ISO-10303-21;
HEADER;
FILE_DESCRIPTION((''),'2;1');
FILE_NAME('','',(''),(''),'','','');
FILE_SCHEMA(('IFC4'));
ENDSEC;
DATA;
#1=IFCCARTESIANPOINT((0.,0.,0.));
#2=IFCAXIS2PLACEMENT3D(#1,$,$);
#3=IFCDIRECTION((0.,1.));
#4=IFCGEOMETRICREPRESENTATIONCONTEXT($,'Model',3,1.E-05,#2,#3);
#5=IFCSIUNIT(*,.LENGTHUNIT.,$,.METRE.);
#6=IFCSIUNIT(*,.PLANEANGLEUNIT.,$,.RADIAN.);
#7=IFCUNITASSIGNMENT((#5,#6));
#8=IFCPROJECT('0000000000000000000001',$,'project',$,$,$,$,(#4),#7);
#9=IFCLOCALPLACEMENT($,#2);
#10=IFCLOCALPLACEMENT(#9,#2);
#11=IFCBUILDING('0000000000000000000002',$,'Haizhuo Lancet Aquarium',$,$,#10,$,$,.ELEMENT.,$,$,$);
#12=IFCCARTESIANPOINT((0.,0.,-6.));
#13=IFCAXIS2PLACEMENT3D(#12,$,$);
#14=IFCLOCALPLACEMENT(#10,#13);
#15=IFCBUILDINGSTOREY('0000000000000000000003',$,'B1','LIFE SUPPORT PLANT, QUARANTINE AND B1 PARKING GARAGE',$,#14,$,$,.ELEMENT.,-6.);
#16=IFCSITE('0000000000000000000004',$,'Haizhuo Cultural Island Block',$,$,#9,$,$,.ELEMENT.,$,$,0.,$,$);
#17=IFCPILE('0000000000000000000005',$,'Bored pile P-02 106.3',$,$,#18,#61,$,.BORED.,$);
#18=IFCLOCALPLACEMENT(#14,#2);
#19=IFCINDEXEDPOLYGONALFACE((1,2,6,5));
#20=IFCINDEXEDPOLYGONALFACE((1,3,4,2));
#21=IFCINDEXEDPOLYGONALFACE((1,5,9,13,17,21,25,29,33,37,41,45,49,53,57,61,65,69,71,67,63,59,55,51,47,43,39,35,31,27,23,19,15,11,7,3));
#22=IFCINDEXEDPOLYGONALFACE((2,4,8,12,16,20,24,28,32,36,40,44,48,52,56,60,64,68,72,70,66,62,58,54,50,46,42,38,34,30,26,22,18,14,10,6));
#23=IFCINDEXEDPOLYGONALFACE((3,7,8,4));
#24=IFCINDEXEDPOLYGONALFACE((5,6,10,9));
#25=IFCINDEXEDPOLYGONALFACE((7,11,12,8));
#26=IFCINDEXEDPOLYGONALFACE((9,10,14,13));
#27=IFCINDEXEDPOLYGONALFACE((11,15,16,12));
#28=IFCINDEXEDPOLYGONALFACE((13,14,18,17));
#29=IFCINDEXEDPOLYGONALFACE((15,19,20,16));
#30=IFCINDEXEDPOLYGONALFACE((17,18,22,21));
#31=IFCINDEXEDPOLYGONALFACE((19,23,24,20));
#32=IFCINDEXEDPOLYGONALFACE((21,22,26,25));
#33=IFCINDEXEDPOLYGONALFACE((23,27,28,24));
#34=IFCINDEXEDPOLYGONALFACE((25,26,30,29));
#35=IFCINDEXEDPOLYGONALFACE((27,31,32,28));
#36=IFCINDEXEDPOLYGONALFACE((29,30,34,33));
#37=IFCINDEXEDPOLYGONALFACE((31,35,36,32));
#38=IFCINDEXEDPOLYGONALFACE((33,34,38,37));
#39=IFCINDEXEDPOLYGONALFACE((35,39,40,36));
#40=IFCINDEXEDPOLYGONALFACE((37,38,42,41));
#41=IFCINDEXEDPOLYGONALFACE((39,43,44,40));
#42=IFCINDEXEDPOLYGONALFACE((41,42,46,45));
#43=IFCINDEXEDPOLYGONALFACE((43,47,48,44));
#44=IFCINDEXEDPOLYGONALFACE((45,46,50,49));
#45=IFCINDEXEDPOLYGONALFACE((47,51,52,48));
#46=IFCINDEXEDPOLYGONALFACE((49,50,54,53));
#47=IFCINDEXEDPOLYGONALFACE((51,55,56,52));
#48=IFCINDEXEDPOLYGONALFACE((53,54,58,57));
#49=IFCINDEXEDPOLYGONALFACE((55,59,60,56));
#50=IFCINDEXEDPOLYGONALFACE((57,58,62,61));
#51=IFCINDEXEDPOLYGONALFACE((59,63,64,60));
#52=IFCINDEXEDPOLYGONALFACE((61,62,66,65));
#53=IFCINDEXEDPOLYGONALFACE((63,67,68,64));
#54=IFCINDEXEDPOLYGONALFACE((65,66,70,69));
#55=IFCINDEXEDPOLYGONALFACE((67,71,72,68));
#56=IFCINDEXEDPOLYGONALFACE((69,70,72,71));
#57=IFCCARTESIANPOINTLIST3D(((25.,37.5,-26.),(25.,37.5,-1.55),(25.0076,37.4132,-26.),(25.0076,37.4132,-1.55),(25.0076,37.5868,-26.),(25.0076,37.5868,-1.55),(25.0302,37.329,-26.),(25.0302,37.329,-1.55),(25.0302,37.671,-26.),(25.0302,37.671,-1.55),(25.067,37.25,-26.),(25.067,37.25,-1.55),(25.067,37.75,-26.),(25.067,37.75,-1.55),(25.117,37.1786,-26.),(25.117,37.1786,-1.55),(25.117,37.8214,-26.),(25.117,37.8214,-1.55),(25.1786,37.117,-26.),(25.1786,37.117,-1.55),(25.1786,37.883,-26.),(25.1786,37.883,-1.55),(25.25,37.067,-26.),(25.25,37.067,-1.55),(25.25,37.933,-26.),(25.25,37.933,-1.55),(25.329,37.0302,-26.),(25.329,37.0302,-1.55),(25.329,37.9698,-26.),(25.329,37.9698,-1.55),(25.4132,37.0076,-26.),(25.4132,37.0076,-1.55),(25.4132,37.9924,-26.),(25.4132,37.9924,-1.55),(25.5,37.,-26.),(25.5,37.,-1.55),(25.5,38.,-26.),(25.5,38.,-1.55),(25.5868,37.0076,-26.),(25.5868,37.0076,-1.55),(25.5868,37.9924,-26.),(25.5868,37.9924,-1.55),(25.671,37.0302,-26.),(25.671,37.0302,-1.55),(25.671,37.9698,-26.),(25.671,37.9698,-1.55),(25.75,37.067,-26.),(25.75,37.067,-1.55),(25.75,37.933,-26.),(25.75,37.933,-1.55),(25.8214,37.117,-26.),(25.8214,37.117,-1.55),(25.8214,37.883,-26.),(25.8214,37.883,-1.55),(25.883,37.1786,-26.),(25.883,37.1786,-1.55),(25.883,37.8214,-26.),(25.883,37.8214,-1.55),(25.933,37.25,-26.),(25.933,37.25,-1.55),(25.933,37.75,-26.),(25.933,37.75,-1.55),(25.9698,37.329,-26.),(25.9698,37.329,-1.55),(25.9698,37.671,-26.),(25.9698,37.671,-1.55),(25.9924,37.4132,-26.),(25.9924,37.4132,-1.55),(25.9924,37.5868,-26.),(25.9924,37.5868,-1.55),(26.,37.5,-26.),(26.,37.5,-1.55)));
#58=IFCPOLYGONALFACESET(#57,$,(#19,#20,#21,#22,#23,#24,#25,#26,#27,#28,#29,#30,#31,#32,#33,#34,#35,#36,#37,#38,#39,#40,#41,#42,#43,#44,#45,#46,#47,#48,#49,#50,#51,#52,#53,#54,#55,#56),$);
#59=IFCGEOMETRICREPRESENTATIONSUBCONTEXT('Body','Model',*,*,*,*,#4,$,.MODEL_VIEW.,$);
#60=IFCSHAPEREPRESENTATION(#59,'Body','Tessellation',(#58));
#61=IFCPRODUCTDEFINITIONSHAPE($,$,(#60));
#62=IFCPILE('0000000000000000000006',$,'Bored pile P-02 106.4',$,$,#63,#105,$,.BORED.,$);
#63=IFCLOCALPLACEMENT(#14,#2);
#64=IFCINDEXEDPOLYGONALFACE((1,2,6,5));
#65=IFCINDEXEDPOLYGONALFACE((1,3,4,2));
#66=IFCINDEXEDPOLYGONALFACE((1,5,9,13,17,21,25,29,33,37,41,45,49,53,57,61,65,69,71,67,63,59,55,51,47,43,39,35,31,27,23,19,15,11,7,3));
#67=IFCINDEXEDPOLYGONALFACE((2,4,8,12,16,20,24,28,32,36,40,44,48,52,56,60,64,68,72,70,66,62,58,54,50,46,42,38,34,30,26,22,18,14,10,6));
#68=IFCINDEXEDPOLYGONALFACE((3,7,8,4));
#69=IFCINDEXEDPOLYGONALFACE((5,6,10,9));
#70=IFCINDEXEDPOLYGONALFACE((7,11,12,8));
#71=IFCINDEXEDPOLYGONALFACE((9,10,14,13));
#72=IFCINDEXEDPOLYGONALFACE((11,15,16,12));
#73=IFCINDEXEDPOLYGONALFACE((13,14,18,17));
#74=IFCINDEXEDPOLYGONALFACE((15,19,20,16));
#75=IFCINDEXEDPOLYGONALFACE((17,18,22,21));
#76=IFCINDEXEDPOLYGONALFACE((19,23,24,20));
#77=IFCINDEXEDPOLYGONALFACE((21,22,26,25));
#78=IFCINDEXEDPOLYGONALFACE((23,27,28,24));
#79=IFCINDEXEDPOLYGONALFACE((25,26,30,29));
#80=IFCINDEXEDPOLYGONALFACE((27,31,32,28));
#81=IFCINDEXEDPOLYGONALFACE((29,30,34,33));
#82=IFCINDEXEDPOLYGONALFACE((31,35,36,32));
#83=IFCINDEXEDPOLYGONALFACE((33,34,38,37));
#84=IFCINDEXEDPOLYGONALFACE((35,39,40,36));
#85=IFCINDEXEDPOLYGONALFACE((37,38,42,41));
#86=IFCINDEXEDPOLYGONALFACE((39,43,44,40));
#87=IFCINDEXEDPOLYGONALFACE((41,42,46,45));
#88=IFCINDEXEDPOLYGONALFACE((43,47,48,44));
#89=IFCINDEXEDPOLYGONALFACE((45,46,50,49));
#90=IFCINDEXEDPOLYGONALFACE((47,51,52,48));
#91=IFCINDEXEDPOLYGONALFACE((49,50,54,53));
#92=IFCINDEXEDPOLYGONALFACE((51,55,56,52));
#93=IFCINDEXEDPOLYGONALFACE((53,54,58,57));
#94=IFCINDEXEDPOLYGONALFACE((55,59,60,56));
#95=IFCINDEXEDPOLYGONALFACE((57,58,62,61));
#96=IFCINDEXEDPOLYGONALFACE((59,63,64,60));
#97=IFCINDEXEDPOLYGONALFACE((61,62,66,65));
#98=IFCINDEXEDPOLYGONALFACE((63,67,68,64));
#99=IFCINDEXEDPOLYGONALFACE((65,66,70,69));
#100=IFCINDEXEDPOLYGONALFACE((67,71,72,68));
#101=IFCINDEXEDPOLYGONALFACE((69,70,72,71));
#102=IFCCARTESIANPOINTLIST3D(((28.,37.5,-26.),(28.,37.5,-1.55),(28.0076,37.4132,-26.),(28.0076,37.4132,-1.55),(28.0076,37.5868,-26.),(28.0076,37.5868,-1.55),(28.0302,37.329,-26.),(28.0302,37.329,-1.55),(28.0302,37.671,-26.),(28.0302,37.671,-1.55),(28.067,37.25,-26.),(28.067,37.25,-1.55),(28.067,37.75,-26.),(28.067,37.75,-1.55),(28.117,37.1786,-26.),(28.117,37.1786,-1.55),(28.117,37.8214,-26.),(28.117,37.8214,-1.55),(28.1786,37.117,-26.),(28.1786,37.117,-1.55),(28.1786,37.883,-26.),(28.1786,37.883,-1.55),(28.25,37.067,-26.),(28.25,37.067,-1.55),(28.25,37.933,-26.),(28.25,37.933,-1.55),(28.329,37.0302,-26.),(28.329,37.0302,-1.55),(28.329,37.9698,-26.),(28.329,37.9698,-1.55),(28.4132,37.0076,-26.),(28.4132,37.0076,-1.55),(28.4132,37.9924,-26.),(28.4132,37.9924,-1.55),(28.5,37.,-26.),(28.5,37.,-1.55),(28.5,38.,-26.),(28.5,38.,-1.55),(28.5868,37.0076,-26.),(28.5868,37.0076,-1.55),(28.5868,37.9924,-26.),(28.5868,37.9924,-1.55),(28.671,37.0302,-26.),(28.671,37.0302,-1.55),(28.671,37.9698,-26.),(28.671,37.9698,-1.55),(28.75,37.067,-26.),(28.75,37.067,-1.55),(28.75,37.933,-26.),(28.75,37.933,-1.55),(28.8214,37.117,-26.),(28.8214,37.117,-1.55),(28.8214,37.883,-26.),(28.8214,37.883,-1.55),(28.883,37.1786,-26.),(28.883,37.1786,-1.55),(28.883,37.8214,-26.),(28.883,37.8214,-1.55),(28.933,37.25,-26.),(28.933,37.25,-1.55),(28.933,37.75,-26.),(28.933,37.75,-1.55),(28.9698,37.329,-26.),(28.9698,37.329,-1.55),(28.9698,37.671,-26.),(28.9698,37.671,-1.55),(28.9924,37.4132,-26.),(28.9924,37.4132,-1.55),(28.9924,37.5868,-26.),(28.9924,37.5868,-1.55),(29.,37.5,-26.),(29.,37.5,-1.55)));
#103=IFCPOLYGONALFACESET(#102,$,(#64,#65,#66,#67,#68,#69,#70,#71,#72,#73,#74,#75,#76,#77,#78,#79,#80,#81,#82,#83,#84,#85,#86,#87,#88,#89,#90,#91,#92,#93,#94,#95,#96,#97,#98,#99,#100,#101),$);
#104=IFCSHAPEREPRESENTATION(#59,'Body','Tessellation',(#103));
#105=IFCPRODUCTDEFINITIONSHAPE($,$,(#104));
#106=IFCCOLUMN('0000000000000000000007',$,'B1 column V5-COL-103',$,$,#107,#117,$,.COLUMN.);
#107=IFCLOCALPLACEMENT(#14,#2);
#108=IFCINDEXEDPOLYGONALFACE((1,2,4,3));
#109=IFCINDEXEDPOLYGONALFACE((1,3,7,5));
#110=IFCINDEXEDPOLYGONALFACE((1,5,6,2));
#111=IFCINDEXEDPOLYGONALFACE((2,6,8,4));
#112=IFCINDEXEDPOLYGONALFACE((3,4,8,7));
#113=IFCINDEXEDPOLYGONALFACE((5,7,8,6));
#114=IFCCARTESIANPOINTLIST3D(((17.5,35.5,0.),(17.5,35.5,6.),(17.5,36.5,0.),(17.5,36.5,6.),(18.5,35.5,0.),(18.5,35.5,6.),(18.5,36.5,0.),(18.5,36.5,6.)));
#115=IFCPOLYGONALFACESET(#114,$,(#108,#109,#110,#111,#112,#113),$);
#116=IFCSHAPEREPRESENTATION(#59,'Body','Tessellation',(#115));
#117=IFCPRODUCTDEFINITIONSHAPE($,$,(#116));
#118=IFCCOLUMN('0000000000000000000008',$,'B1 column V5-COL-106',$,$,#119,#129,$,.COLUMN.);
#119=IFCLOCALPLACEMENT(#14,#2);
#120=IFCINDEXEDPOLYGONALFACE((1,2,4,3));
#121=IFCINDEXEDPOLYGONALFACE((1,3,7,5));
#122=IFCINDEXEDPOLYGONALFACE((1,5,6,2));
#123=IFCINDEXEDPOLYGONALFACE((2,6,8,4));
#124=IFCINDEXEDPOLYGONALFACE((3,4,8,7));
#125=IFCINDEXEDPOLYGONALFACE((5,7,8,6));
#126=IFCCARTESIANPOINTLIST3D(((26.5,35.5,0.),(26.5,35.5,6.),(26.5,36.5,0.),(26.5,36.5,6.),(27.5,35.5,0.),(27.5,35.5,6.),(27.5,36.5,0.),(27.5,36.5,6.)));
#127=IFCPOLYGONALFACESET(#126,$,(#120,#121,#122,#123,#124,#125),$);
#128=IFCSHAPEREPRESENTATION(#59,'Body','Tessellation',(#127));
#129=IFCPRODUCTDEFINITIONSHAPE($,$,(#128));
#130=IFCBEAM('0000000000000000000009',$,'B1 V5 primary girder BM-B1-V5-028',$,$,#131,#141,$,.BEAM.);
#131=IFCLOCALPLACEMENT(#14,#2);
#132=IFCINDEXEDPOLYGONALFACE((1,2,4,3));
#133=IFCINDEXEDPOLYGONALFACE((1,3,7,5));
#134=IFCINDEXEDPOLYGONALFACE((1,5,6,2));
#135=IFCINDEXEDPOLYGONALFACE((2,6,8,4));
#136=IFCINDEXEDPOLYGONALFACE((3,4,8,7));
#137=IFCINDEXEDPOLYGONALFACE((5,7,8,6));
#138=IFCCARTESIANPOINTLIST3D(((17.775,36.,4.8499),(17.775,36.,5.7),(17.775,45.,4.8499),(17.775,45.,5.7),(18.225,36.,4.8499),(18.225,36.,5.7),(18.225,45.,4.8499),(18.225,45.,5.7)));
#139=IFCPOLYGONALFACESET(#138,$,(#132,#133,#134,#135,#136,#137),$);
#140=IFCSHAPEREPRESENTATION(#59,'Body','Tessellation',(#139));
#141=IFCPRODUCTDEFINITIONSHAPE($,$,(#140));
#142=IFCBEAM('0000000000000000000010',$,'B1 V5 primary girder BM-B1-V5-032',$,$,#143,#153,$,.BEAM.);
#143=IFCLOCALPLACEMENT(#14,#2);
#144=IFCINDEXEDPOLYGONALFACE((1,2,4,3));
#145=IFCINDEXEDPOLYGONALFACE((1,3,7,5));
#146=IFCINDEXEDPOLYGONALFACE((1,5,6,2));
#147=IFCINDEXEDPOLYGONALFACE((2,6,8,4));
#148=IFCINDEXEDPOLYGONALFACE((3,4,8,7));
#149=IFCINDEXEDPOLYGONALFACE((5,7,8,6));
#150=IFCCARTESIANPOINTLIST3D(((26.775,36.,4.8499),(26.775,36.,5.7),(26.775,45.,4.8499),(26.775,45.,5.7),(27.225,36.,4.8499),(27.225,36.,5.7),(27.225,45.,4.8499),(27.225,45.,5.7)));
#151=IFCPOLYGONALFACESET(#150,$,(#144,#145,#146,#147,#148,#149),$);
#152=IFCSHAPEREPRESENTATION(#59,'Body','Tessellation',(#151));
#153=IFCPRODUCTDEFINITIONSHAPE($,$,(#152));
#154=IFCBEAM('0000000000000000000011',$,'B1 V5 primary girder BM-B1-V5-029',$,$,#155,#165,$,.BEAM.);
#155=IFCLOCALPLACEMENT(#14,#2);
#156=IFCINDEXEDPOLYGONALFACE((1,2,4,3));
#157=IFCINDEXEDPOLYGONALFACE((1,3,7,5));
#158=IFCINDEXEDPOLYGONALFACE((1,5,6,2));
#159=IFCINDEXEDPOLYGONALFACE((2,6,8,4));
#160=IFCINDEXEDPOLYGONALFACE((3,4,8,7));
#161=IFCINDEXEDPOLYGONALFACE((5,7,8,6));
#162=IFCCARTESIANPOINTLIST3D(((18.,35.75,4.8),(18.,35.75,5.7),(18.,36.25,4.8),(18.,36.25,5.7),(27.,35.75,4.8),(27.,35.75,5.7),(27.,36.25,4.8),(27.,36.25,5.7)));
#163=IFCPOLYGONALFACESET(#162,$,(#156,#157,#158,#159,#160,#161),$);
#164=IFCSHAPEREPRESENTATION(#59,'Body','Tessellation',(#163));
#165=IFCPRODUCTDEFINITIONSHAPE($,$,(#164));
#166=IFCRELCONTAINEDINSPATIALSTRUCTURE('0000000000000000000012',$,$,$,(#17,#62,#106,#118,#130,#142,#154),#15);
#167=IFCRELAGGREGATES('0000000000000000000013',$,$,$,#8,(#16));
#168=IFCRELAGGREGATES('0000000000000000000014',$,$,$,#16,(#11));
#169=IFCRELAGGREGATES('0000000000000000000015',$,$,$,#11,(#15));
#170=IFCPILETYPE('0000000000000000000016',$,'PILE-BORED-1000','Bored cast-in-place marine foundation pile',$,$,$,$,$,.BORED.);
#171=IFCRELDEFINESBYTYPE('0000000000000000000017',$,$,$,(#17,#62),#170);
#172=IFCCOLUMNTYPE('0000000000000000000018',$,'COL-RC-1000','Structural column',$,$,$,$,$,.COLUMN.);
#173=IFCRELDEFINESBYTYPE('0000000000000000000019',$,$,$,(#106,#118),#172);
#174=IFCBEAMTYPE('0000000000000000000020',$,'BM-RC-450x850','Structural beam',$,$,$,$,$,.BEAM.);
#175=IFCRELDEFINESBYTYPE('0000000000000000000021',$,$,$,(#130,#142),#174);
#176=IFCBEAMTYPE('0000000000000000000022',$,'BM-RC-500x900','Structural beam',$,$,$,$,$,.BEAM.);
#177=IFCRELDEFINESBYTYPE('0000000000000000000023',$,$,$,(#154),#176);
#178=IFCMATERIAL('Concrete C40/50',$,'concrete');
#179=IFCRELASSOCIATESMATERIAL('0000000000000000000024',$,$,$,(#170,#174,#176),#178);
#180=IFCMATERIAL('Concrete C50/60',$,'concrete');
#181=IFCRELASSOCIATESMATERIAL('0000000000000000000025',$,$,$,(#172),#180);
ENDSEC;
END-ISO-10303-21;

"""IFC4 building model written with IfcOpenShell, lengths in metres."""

from ifc_helpers import new_model, si_unit, direction, frame, origin, origin_2d, place, context, subcontext, project, spatial, rectangle, circle, extrude, material, material_profile, profile_set, type_object, element, save


model = new_model("IFC4")

# Units and contexts
model_context = context("Model", 3, precision=1e-05, world=origin(), true_north=direction((0.0, 1.0)))
body_context = subcontext(model_context, "Body", "Model", "MODEL_VIEW")
ifc_project = project(units=[si_unit("LENGTHUNIT", "METRE"), si_unit("PLANEANGLEUNIT", "RADIAN")], contexts=[model_context])

# Site, building, storey
site_placement = place(None, origin())
site = spatial("IfcSite", under=ifc_project, at=site_placement, Name="Haizhuo Cultural Island Block", CompositionType="ELEMENT", RefElevation=0.0)
building_placement = place(site_placement, origin())
building = spatial("IfcBuilding", under=site, at=building_placement, Name="Haizhuo Lancet Aquarium", CompositionType="ELEMENT")
storey_placement = place(building_placement, frame((0.0, 0.0, -6.0)))
storey = spatial("IfcBuildingStorey", under=building, at=storey_placement, Name="B1", Description="LIFE SUPPORT PLANT, QUARANTINE AND B1 PARKING GARAGE", CompositionType="ELEMENT", Elevation=-6.0)

# Shared definitions
ifc_material_1 = material(Name="Concrete C40/50", Category="concrete")

# Piles
ifc_material_profile_1 = material_profile(ifc_material_1, circle(Radius=0.5, at=origin_2d()), Name="PILE-1000")
ifc_profile_set_1 = profile_set([ifc_material_profile_1], Name="Concrete C40/50")
pile_type = type_object("IfcPileType", Name="PILE-BORED-1000", Description="Bored cast-in-place marine foundation pile", PredefinedType="BORED", material=ifc_profile_set_1)
for number, where, z_axis, x_axis, name in (
    (1, (25.5, 37.5, -1.55), (0.0, 0.0, -1.0), (1.0, 0.0, 0.0), "Bored pile P-02 106.3"),
    (2, (28.5, 37.5, -1.55), (0.0, 0.0, -1.0), (1.0, 0.0, 0.0), "Bored pile P-02 106.4"),
):
    element("IfcPile", number, at=place(storey_placement, frame(where, z_axis=z_axis, x_axis=x_axis)), inside=storey, type_object=pile_type, Name=name, PredefinedType="BORED", context=body_context, shape_type="SweptSolid", body=[
        extrude(circle(Radius=0.5, at=origin_2d()), origin(), (0.0, 0.0, 1.0), 24.45),
    ])

# Columns
ifc_material_2 = material(Name="Concrete C50/60", Category="concrete")
ifc_material_profile_2 = material_profile(ifc_material_2, rectangle(XDim=1.0, YDim=1.0, at=origin_2d()), Name="RC-COL 1000x1000")
ifc_profile_set_2 = profile_set([ifc_material_profile_2], Name="Concrete C50/60")
column_type = type_object("IfcColumnType", Name="COL-RC-1000", Description="Structural column", PredefinedType="COLUMN", material=ifc_profile_set_2)
for number, where, z_axis, x_axis, name in (
    (3, (18.0, 36.0, 0.0), (0.0, 0.0, 1.0), (1.0, 0.0, 0.0), "B1 column V5-COL-103"),
    (4, (27.0, 36.0, 0.0), (0.0, 0.0, 1.0), (1.0, 0.0, 0.0), "B1 column V5-COL-106"),
):
    element("IfcColumn", number, at=place(storey_placement, frame(where, z_axis=z_axis, x_axis=x_axis)), inside=storey, type_object=column_type, Name=name, PredefinedType="COLUMN", context=body_context, shape_type="SweptSolid", body=[
        extrude(rectangle(XDim=1.0, YDim=1.0, at=origin_2d()), origin(), (0.0, 0.0, 1.0), 6.0),
    ])

# Beams
ifc_material_profile_3 = material_profile(ifc_material_1, rectangle(XDim=0.45, YDim=0.8501, at=origin_2d()), Name="RC-BM 450x850")
ifc_profile_set_3 = profile_set([ifc_material_profile_3], Name="Concrete C40/50")
beam_type_1 = type_object("IfcBeamType", Name="BM-RC-450x850", Description="Structural beam", PredefinedType="BEAM", material=ifc_profile_set_3)
for number, where, z_axis, x_axis, name in (
    (5, (18.0, 36.0, 5.2749), (0.0, 1.0, 0.0), (-1.0, 0.0, 0.0), "B1 V5 primary girder BM-B1-V5-028"),
    (6, (27.0, 36.0, 5.2749), (0.0, 1.0, 0.0), (-1.0, 0.0, 0.0), "B1 V5 primary girder BM-B1-V5-032"),
):
    element("IfcBeam", number, at=place(storey_placement, frame(where, z_axis=z_axis, x_axis=x_axis)), inside=storey, type_object=beam_type_1, Name=name, PredefinedType="BEAM", context=body_context, shape_type="SweptSolid", body=[
        extrude(rectangle(XDim=0.45, YDim=0.8501, at=origin_2d()), origin(), (0.0, 0.0, 1.0), 9.0),
    ])
ifc_material_profile_4 = material_profile(ifc_material_1, rectangle(XDim=0.5, YDim=0.8999, at=origin_2d()), Name="RC-BM 500x900")
ifc_profile_set_4 = profile_set([ifc_material_profile_4], Name="Concrete C40/50")
beam_type_2 = type_object("IfcBeamType", Name="BM-RC-500x900", Description="Structural beam", PredefinedType="BEAM", material=ifc_profile_set_4)
beam_1_placement = place(storey_placement, frame((18.0, 36.0, 5.25), z_axis=(1.0, 0.0, 0.0), x_axis=(0.0, 1.0, 0.0)))
element("IfcBeam", 7, at=beam_1_placement, inside=storey, type_object=beam_type_2, Name="B1 V5 primary girder BM-B1-V5-029", PredefinedType="BEAM", context=body_context, shape_type="SweptSolid", body=[
    extrude(rectangle(XDim=0.5, YDim=0.8999, at=origin_2d()), origin(), (0.0, 0.0, 1.0), 9.0),
])

save(model, "model.ifc")
